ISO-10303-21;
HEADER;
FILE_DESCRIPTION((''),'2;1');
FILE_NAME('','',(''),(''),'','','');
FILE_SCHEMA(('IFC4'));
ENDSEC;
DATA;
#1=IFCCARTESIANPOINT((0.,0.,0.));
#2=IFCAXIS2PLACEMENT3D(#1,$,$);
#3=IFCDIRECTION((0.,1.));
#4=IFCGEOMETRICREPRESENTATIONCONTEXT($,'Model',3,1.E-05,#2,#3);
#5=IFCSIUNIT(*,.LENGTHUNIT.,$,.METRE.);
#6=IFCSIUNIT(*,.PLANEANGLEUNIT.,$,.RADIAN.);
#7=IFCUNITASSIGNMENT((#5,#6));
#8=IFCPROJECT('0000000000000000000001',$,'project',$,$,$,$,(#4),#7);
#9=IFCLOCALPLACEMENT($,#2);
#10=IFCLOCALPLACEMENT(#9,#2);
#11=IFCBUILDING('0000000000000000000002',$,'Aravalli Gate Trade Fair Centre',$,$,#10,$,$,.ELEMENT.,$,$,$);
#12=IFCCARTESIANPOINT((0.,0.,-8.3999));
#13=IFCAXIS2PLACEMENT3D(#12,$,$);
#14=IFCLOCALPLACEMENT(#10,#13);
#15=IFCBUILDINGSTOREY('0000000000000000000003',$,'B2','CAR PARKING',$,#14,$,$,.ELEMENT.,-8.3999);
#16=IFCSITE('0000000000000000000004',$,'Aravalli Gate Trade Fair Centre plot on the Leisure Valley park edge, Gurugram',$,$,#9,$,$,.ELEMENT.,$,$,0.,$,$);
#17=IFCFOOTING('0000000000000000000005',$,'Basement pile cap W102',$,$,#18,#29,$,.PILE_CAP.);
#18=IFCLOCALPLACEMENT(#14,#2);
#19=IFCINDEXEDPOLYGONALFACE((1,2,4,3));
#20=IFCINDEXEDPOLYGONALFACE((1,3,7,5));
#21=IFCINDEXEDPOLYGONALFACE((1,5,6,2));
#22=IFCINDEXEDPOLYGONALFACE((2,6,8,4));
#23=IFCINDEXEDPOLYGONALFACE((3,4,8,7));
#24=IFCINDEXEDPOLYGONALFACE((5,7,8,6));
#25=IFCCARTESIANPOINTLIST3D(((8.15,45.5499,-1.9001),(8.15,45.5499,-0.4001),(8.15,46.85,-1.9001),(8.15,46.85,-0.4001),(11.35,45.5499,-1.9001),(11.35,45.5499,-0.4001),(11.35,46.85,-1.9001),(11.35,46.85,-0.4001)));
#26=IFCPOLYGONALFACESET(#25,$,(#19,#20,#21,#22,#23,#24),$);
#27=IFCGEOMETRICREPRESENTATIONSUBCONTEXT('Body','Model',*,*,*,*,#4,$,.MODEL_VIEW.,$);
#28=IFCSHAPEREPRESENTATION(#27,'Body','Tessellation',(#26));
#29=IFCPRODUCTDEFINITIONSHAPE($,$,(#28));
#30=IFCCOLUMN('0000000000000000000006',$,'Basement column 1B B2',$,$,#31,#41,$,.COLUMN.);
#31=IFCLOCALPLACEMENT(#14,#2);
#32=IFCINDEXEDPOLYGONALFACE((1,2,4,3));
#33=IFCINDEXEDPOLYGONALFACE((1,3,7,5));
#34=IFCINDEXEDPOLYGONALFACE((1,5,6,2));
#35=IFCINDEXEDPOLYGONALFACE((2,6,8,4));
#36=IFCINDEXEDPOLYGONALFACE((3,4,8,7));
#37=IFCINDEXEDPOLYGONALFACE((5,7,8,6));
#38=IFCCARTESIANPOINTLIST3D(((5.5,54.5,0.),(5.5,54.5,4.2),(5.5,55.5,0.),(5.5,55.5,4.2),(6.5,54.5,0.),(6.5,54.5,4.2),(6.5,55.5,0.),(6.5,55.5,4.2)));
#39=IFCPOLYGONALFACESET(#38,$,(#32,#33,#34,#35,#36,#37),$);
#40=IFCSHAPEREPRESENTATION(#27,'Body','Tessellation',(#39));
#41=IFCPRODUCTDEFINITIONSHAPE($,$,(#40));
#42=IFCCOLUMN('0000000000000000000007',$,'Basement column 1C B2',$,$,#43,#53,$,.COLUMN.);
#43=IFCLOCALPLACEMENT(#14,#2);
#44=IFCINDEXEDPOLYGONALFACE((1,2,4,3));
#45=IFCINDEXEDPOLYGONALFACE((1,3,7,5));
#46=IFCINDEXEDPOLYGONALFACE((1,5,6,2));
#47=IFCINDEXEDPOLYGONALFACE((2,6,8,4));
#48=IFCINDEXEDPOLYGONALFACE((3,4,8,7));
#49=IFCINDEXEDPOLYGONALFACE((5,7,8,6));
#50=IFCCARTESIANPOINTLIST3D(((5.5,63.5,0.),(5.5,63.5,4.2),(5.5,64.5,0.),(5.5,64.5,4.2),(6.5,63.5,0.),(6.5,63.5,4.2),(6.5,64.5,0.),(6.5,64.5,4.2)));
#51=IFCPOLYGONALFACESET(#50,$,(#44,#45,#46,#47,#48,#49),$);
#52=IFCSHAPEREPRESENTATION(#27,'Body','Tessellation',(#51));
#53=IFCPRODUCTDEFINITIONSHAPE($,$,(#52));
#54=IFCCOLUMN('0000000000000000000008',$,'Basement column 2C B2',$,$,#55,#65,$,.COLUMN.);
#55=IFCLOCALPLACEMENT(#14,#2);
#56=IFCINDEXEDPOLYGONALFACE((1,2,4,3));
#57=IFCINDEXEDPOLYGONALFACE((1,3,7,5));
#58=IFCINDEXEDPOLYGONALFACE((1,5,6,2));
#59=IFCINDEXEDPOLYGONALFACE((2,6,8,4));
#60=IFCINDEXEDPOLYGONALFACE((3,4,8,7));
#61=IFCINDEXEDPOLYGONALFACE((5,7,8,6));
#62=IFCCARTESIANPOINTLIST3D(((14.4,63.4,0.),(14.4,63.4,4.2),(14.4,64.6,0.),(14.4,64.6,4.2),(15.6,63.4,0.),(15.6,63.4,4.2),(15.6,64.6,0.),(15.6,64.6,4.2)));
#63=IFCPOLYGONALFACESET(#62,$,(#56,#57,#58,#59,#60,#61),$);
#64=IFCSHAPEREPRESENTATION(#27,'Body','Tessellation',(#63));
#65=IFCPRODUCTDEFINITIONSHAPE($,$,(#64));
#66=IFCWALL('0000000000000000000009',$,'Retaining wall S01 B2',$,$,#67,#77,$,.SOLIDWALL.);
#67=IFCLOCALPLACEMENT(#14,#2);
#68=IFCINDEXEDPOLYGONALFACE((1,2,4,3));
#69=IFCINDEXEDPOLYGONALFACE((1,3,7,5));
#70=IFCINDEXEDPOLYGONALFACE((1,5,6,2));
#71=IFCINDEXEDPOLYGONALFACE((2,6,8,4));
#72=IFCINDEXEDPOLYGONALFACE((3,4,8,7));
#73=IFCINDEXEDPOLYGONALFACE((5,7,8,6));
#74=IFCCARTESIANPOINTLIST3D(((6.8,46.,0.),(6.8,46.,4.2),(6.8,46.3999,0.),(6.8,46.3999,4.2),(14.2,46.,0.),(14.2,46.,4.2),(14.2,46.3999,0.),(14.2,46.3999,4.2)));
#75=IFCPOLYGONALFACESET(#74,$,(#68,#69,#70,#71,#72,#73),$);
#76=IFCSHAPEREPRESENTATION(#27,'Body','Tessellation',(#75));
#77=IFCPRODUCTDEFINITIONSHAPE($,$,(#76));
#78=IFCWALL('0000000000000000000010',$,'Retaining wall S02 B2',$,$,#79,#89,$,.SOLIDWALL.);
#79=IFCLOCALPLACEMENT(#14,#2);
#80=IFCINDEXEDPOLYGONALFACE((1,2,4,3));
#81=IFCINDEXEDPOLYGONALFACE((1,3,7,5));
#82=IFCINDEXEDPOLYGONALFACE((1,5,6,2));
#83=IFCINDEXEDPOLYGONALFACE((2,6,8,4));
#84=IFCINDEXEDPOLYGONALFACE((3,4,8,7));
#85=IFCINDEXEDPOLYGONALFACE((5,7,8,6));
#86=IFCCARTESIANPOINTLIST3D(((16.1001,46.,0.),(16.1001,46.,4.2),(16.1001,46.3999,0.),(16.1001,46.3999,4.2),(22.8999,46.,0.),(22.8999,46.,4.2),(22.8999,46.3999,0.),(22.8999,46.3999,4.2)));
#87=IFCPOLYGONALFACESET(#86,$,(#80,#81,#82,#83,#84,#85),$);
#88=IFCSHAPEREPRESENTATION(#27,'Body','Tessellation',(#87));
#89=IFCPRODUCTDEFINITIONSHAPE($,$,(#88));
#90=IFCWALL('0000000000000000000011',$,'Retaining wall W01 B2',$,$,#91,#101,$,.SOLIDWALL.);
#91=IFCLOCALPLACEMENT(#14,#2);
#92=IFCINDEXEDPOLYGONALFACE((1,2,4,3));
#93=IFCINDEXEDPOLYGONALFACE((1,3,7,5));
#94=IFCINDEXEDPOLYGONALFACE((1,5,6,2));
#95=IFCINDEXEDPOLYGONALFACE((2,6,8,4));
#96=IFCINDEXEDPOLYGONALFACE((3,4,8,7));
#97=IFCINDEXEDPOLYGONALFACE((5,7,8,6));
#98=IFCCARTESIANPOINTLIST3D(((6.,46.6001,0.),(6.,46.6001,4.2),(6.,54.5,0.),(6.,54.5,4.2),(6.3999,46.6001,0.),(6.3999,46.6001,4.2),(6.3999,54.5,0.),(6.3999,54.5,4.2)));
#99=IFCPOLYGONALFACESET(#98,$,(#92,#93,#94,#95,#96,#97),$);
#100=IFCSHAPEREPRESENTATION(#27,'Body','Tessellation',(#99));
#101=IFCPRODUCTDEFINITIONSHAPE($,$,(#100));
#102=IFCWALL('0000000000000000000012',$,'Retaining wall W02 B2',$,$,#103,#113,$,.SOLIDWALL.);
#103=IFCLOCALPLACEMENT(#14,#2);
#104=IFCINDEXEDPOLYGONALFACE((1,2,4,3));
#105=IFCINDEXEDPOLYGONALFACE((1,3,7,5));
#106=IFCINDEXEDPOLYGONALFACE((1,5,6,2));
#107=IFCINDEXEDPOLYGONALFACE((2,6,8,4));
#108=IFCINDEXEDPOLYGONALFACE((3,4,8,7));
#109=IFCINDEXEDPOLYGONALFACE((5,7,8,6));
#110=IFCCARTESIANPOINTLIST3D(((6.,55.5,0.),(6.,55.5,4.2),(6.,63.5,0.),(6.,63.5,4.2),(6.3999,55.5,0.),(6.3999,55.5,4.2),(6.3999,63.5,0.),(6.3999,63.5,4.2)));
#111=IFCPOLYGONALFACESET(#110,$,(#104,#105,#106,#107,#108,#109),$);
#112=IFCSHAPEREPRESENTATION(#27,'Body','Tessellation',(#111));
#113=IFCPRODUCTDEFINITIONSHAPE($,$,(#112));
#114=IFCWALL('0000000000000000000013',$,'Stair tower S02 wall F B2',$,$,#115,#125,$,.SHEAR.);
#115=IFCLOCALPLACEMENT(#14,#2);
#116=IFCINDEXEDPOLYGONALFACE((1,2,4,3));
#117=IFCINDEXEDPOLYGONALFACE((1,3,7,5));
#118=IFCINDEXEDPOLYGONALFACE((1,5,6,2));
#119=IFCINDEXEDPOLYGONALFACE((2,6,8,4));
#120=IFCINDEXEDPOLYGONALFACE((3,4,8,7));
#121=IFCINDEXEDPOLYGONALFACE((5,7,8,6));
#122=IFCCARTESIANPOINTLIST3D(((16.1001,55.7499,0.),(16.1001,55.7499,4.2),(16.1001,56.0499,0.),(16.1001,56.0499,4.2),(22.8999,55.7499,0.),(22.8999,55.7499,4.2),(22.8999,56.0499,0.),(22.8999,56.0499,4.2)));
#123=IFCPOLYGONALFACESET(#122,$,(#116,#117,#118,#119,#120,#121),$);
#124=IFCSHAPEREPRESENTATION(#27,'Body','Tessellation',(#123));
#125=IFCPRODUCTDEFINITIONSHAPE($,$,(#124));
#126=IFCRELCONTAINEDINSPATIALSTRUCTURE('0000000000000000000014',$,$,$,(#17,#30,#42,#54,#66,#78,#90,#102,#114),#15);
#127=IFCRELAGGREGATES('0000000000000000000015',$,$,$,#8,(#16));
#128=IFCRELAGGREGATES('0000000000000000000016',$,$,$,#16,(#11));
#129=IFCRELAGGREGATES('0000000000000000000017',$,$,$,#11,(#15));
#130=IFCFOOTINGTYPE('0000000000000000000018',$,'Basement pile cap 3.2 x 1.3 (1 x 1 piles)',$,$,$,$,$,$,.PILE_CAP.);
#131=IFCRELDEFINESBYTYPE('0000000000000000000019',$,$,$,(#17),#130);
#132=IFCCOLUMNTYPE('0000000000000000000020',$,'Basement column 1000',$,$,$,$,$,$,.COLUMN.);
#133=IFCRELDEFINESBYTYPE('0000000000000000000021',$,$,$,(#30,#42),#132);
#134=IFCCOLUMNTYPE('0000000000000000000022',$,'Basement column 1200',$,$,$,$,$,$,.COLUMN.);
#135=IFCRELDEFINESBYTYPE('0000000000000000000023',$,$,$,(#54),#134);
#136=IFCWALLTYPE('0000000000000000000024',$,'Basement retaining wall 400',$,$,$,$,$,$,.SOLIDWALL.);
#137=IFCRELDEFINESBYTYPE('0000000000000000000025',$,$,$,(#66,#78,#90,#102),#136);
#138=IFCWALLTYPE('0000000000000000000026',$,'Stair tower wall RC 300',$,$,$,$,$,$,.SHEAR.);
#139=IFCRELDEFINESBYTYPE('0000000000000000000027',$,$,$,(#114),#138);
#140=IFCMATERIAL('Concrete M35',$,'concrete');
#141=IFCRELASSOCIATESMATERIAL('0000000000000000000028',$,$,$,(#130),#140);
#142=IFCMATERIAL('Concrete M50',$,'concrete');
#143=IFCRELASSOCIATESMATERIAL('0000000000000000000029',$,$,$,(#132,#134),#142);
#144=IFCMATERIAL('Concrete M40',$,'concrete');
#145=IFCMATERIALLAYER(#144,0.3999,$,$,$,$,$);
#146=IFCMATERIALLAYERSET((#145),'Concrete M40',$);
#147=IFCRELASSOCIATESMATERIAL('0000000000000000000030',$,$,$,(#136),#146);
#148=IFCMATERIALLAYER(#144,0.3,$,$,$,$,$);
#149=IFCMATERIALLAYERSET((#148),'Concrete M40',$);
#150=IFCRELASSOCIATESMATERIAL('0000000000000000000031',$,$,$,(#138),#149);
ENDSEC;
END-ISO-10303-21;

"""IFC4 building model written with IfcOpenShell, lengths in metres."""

from ifc_helpers import new_model, si_unit, direction, frame, frame_2d, origin, origin_2d, place, context, subcontext, project, spatial, rectangle, extrude, material, layer, layer_set, material_profile, profile_set, type_object, element, save


model = new_model("IFC4")

# Units and contexts
model_context = context("Model", 3, precision=1e-05, world=origin(), true_north=direction((0.0, 1.0)))
body_context = subcontext(model_context, "Body", "Model", "MODEL_VIEW")
ifc_project = project(units=[si_unit("LENGTHUNIT", "METRE"), si_unit("PLANEANGLEUNIT", "RADIAN")], contexts=[model_context])

# Site, building, storey
site_placement = place(None, origin())
site = spatial("IfcSite", under=ifc_project, at=site_placement, Name="Aravalli Gate Trade Fair Centre plot on the Leisure Valley park edge, Gurugram", CompositionType="ELEMENT", RefElevation=0.0)
building_placement = place(site_placement, origin())
building = spatial("IfcBuilding", under=site, at=building_placement, Name="Aravalli Gate Trade Fair Centre", CompositionType="ELEMENT")
storey_placement = place(building_placement, frame((0.0, 0.0, -8.3999)))
storey = spatial("IfcBuildingStorey", under=building, at=storey_placement, Name="B2", Description="CAR PARKING", CompositionType="ELEMENT", Elevation=-8.3999)

# Shared definitions
ifc_material_1 = material(Name="Concrete M35", Category="concrete")

# Footing
footing_type_1 = type_object("IfcFootingType", Name="Basement pile cap 3.2 x 1.3 (1 x 1 piles)", PredefinedType="PILE_CAP", material=ifc_material_1)
footing_placement = place(storey_placement, frame((9.75, 46.2, -1.9001), z_axis=(0.0, 0.0, 1.0), x_axis=(1.0, 0.0, 0.0)))
element("IfcFooting", 1, at=footing_placement, inside=storey, type_object=footing_type_1, Name="Basement pile cap W102", PredefinedType="PILE_CAP", context=body_context, shape_type="SweptSolid", body=[
    extrude(rectangle(XDim=3.2, YDim=1.3, at=origin_2d()), origin(), (0.0, 0.0, 1.0), 1.5),
])

# Columns
ifc_material_2 = material(Name="Concrete M50", Category="concrete")
ifc_material_profile_1 = material_profile(ifc_material_2, rectangle(XDim=1.0, YDim=1.0, at=origin_2d()), Name="RC 1000 x 1000")
ifc_profile_set_1 = profile_set([ifc_material_profile_1], Name="Concrete M50")
column_type_1 = type_object("IfcColumnType", Name="Basement column 1000", PredefinedType="COLUMN", material=ifc_profile_set_1)
for number, where, z_axis, x_axis, name in (
    (2, (6.0, 55.0, 0.0), (0.0, 0.0, 1.0), (1.0, 0.0, 0.0), "Basement column 1B B2"),
    (3, (6.0, 64.0, 0.0), (0.0, 0.0, 1.0), (1.0, 0.0, 0.0), "Basement column 1C B2"),
):
    element("IfcColumn", number, at=place(storey_placement, frame(where, z_axis=z_axis, x_axis=x_axis)), inside=storey, type_object=column_type_1, Name=name, PredefinedType="COLUMN", context=body_context, shape_type="SweptSolid", body=[
        extrude(rectangle(XDim=1.0, YDim=1.0, at=origin_2d()), origin(), (0.0, 0.0, 1.0), 4.2),
    ])
ifc_material_profile_2 = material_profile(ifc_material_2, rectangle(XDim=1.2, YDim=1.2, at=origin_2d()), Name="RC 1200 x 1200")
ifc_profile_set_2 = profile_set([ifc_material_profile_2], Name="Concrete M50")
column_type_2 = type_object("IfcColumnType", Name="Basement column 1200", PredefinedType="COLUMN", material=ifc_profile_set_2)
column_placement = place(storey_placement, frame((15.0, 64.0, 0.0), z_axis=(0.0, 0.0, 1.0), x_axis=(1.0, 0.0, 0.0)))
element("IfcColumn", 4, at=column_placement, inside=storey, type_object=column_type_2, Name="Basement column 2C B2", PredefinedType="COLUMN", context=body_context, shape_type="SweptSolid", body=[
    extrude(rectangle(XDim=1.2, YDim=1.2, at=origin_2d()), origin(), (0.0, 0.0, 1.0), 4.2),
])

# Walls
ifc_material_3 = material(Name="Concrete M40", Category="concrete")
ifc_layer_1 = layer(ifc_material_3, 0.3999)
ifc_layer_set_1 = layer_set([ifc_layer_1], Name="Concrete M40")
wall_type_1 = type_object("IfcWallType", Name="Basement retaining wall 400", PredefinedType="SOLIDWALL", material=ifc_layer_set_1)
wall_1_placement = place(storey_placement, frame((6.8, 46.2, 0.0), z_axis=(0.0, 0.0, 1.0), x_axis=(1.0, 0.0, 0.0)))
element("IfcWall", 5, at=wall_1_placement, inside=storey, type_object=wall_type_1, Name="Retaining wall S01 B2", PredefinedType="SOLIDWALL", context=body_context, shape_type="SweptSolid", body=[
    extrude(rectangle(XDim=7.3999, YDim=0.3999, at=frame_2d((3.7, 0.0))), origin(), (0.0, 0.0, 1.0), 4.2),
])
wall_2_placement = place(storey_placement, frame((16.1001, 46.2, 0.0), z_axis=(0.0, 0.0, 1.0), x_axis=(1.0, 0.0, 0.0)))
element("IfcWall", 6, at=wall_2_placement, inside=storey, type_object=wall_type_1, Name="Retaining wall S02 B2", PredefinedType="SOLIDWALL", context=body_context, shape_type="SweptSolid", body=[
    extrude(rectangle(XDim=6.7998, YDim=0.3999, at=frame_2d((3.3999, 0.0))), origin(), (0.0, 0.0, 1.0), 4.2),
])
wall_3_placement = place(storey_placement, frame((6.2, 46.6001, 0.0), z_axis=(0.0, 0.0, 1.0), x_axis=(0.0, 1.0, 0.0)))
element("IfcWall", 7, at=wall_3_placement, inside=storey, type_object=wall_type_1, Name="Retaining wall W01 B2", PredefinedType="SOLIDWALL", context=body_context, shape_type="SweptSolid", body=[
    extrude(rectangle(XDim=7.8999, YDim=0.3999, at=frame_2d((3.95, 0.0))), origin(), (0.0, 0.0, 1.0), 4.2),
])
wall_4_placement = place(storey_placement, frame((6.2, 55.5, 0.0), z_axis=(0.0, 0.0, 1.0), x_axis=(0.0, 1.0, 0.0)))
element("IfcWall", 8, at=wall_4_placement, inside=storey, type_object=wall_type_1, Name="Retaining wall W02 B2", PredefinedType="SOLIDWALL", context=body_context, shape_type="SweptSolid", body=[
    extrude(rectangle(XDim=8.0, YDim=0.3999, at=frame_2d((4.0, 0.0))), origin(), (0.0, 0.0, 1.0), 4.2),
])
ifc_layer_2 = layer(ifc_material_3, 0.3)
ifc_layer_set_2 = layer_set([ifc_layer_2], Name="Concrete M40")
wall_type_2 = type_object("IfcWallType", Name="Stair tower wall RC 300", PredefinedType="SHEAR", material=ifc_layer_set_2)
wall_5_placement = place(storey_placement, frame((16.1001, 55.8999, 0.0), z_axis=(0.0, 0.0, 1.0), x_axis=(1.0, 0.0, 0.0)))
element("IfcWall", 9, at=wall_5_placement, inside=storey, type_object=wall_type_2, Name="Stair tower S02 wall F B2", PredefinedType="SHEAR", context=body_context, shape_type="SweptSolid", body=[
    extrude(rectangle(XDim=6.7998, YDim=0.3, at=frame_2d((3.3999, 0.0))), origin(), (0.0, 0.0, 1.0), 4.2),
])

save(model, "model.ifc")
